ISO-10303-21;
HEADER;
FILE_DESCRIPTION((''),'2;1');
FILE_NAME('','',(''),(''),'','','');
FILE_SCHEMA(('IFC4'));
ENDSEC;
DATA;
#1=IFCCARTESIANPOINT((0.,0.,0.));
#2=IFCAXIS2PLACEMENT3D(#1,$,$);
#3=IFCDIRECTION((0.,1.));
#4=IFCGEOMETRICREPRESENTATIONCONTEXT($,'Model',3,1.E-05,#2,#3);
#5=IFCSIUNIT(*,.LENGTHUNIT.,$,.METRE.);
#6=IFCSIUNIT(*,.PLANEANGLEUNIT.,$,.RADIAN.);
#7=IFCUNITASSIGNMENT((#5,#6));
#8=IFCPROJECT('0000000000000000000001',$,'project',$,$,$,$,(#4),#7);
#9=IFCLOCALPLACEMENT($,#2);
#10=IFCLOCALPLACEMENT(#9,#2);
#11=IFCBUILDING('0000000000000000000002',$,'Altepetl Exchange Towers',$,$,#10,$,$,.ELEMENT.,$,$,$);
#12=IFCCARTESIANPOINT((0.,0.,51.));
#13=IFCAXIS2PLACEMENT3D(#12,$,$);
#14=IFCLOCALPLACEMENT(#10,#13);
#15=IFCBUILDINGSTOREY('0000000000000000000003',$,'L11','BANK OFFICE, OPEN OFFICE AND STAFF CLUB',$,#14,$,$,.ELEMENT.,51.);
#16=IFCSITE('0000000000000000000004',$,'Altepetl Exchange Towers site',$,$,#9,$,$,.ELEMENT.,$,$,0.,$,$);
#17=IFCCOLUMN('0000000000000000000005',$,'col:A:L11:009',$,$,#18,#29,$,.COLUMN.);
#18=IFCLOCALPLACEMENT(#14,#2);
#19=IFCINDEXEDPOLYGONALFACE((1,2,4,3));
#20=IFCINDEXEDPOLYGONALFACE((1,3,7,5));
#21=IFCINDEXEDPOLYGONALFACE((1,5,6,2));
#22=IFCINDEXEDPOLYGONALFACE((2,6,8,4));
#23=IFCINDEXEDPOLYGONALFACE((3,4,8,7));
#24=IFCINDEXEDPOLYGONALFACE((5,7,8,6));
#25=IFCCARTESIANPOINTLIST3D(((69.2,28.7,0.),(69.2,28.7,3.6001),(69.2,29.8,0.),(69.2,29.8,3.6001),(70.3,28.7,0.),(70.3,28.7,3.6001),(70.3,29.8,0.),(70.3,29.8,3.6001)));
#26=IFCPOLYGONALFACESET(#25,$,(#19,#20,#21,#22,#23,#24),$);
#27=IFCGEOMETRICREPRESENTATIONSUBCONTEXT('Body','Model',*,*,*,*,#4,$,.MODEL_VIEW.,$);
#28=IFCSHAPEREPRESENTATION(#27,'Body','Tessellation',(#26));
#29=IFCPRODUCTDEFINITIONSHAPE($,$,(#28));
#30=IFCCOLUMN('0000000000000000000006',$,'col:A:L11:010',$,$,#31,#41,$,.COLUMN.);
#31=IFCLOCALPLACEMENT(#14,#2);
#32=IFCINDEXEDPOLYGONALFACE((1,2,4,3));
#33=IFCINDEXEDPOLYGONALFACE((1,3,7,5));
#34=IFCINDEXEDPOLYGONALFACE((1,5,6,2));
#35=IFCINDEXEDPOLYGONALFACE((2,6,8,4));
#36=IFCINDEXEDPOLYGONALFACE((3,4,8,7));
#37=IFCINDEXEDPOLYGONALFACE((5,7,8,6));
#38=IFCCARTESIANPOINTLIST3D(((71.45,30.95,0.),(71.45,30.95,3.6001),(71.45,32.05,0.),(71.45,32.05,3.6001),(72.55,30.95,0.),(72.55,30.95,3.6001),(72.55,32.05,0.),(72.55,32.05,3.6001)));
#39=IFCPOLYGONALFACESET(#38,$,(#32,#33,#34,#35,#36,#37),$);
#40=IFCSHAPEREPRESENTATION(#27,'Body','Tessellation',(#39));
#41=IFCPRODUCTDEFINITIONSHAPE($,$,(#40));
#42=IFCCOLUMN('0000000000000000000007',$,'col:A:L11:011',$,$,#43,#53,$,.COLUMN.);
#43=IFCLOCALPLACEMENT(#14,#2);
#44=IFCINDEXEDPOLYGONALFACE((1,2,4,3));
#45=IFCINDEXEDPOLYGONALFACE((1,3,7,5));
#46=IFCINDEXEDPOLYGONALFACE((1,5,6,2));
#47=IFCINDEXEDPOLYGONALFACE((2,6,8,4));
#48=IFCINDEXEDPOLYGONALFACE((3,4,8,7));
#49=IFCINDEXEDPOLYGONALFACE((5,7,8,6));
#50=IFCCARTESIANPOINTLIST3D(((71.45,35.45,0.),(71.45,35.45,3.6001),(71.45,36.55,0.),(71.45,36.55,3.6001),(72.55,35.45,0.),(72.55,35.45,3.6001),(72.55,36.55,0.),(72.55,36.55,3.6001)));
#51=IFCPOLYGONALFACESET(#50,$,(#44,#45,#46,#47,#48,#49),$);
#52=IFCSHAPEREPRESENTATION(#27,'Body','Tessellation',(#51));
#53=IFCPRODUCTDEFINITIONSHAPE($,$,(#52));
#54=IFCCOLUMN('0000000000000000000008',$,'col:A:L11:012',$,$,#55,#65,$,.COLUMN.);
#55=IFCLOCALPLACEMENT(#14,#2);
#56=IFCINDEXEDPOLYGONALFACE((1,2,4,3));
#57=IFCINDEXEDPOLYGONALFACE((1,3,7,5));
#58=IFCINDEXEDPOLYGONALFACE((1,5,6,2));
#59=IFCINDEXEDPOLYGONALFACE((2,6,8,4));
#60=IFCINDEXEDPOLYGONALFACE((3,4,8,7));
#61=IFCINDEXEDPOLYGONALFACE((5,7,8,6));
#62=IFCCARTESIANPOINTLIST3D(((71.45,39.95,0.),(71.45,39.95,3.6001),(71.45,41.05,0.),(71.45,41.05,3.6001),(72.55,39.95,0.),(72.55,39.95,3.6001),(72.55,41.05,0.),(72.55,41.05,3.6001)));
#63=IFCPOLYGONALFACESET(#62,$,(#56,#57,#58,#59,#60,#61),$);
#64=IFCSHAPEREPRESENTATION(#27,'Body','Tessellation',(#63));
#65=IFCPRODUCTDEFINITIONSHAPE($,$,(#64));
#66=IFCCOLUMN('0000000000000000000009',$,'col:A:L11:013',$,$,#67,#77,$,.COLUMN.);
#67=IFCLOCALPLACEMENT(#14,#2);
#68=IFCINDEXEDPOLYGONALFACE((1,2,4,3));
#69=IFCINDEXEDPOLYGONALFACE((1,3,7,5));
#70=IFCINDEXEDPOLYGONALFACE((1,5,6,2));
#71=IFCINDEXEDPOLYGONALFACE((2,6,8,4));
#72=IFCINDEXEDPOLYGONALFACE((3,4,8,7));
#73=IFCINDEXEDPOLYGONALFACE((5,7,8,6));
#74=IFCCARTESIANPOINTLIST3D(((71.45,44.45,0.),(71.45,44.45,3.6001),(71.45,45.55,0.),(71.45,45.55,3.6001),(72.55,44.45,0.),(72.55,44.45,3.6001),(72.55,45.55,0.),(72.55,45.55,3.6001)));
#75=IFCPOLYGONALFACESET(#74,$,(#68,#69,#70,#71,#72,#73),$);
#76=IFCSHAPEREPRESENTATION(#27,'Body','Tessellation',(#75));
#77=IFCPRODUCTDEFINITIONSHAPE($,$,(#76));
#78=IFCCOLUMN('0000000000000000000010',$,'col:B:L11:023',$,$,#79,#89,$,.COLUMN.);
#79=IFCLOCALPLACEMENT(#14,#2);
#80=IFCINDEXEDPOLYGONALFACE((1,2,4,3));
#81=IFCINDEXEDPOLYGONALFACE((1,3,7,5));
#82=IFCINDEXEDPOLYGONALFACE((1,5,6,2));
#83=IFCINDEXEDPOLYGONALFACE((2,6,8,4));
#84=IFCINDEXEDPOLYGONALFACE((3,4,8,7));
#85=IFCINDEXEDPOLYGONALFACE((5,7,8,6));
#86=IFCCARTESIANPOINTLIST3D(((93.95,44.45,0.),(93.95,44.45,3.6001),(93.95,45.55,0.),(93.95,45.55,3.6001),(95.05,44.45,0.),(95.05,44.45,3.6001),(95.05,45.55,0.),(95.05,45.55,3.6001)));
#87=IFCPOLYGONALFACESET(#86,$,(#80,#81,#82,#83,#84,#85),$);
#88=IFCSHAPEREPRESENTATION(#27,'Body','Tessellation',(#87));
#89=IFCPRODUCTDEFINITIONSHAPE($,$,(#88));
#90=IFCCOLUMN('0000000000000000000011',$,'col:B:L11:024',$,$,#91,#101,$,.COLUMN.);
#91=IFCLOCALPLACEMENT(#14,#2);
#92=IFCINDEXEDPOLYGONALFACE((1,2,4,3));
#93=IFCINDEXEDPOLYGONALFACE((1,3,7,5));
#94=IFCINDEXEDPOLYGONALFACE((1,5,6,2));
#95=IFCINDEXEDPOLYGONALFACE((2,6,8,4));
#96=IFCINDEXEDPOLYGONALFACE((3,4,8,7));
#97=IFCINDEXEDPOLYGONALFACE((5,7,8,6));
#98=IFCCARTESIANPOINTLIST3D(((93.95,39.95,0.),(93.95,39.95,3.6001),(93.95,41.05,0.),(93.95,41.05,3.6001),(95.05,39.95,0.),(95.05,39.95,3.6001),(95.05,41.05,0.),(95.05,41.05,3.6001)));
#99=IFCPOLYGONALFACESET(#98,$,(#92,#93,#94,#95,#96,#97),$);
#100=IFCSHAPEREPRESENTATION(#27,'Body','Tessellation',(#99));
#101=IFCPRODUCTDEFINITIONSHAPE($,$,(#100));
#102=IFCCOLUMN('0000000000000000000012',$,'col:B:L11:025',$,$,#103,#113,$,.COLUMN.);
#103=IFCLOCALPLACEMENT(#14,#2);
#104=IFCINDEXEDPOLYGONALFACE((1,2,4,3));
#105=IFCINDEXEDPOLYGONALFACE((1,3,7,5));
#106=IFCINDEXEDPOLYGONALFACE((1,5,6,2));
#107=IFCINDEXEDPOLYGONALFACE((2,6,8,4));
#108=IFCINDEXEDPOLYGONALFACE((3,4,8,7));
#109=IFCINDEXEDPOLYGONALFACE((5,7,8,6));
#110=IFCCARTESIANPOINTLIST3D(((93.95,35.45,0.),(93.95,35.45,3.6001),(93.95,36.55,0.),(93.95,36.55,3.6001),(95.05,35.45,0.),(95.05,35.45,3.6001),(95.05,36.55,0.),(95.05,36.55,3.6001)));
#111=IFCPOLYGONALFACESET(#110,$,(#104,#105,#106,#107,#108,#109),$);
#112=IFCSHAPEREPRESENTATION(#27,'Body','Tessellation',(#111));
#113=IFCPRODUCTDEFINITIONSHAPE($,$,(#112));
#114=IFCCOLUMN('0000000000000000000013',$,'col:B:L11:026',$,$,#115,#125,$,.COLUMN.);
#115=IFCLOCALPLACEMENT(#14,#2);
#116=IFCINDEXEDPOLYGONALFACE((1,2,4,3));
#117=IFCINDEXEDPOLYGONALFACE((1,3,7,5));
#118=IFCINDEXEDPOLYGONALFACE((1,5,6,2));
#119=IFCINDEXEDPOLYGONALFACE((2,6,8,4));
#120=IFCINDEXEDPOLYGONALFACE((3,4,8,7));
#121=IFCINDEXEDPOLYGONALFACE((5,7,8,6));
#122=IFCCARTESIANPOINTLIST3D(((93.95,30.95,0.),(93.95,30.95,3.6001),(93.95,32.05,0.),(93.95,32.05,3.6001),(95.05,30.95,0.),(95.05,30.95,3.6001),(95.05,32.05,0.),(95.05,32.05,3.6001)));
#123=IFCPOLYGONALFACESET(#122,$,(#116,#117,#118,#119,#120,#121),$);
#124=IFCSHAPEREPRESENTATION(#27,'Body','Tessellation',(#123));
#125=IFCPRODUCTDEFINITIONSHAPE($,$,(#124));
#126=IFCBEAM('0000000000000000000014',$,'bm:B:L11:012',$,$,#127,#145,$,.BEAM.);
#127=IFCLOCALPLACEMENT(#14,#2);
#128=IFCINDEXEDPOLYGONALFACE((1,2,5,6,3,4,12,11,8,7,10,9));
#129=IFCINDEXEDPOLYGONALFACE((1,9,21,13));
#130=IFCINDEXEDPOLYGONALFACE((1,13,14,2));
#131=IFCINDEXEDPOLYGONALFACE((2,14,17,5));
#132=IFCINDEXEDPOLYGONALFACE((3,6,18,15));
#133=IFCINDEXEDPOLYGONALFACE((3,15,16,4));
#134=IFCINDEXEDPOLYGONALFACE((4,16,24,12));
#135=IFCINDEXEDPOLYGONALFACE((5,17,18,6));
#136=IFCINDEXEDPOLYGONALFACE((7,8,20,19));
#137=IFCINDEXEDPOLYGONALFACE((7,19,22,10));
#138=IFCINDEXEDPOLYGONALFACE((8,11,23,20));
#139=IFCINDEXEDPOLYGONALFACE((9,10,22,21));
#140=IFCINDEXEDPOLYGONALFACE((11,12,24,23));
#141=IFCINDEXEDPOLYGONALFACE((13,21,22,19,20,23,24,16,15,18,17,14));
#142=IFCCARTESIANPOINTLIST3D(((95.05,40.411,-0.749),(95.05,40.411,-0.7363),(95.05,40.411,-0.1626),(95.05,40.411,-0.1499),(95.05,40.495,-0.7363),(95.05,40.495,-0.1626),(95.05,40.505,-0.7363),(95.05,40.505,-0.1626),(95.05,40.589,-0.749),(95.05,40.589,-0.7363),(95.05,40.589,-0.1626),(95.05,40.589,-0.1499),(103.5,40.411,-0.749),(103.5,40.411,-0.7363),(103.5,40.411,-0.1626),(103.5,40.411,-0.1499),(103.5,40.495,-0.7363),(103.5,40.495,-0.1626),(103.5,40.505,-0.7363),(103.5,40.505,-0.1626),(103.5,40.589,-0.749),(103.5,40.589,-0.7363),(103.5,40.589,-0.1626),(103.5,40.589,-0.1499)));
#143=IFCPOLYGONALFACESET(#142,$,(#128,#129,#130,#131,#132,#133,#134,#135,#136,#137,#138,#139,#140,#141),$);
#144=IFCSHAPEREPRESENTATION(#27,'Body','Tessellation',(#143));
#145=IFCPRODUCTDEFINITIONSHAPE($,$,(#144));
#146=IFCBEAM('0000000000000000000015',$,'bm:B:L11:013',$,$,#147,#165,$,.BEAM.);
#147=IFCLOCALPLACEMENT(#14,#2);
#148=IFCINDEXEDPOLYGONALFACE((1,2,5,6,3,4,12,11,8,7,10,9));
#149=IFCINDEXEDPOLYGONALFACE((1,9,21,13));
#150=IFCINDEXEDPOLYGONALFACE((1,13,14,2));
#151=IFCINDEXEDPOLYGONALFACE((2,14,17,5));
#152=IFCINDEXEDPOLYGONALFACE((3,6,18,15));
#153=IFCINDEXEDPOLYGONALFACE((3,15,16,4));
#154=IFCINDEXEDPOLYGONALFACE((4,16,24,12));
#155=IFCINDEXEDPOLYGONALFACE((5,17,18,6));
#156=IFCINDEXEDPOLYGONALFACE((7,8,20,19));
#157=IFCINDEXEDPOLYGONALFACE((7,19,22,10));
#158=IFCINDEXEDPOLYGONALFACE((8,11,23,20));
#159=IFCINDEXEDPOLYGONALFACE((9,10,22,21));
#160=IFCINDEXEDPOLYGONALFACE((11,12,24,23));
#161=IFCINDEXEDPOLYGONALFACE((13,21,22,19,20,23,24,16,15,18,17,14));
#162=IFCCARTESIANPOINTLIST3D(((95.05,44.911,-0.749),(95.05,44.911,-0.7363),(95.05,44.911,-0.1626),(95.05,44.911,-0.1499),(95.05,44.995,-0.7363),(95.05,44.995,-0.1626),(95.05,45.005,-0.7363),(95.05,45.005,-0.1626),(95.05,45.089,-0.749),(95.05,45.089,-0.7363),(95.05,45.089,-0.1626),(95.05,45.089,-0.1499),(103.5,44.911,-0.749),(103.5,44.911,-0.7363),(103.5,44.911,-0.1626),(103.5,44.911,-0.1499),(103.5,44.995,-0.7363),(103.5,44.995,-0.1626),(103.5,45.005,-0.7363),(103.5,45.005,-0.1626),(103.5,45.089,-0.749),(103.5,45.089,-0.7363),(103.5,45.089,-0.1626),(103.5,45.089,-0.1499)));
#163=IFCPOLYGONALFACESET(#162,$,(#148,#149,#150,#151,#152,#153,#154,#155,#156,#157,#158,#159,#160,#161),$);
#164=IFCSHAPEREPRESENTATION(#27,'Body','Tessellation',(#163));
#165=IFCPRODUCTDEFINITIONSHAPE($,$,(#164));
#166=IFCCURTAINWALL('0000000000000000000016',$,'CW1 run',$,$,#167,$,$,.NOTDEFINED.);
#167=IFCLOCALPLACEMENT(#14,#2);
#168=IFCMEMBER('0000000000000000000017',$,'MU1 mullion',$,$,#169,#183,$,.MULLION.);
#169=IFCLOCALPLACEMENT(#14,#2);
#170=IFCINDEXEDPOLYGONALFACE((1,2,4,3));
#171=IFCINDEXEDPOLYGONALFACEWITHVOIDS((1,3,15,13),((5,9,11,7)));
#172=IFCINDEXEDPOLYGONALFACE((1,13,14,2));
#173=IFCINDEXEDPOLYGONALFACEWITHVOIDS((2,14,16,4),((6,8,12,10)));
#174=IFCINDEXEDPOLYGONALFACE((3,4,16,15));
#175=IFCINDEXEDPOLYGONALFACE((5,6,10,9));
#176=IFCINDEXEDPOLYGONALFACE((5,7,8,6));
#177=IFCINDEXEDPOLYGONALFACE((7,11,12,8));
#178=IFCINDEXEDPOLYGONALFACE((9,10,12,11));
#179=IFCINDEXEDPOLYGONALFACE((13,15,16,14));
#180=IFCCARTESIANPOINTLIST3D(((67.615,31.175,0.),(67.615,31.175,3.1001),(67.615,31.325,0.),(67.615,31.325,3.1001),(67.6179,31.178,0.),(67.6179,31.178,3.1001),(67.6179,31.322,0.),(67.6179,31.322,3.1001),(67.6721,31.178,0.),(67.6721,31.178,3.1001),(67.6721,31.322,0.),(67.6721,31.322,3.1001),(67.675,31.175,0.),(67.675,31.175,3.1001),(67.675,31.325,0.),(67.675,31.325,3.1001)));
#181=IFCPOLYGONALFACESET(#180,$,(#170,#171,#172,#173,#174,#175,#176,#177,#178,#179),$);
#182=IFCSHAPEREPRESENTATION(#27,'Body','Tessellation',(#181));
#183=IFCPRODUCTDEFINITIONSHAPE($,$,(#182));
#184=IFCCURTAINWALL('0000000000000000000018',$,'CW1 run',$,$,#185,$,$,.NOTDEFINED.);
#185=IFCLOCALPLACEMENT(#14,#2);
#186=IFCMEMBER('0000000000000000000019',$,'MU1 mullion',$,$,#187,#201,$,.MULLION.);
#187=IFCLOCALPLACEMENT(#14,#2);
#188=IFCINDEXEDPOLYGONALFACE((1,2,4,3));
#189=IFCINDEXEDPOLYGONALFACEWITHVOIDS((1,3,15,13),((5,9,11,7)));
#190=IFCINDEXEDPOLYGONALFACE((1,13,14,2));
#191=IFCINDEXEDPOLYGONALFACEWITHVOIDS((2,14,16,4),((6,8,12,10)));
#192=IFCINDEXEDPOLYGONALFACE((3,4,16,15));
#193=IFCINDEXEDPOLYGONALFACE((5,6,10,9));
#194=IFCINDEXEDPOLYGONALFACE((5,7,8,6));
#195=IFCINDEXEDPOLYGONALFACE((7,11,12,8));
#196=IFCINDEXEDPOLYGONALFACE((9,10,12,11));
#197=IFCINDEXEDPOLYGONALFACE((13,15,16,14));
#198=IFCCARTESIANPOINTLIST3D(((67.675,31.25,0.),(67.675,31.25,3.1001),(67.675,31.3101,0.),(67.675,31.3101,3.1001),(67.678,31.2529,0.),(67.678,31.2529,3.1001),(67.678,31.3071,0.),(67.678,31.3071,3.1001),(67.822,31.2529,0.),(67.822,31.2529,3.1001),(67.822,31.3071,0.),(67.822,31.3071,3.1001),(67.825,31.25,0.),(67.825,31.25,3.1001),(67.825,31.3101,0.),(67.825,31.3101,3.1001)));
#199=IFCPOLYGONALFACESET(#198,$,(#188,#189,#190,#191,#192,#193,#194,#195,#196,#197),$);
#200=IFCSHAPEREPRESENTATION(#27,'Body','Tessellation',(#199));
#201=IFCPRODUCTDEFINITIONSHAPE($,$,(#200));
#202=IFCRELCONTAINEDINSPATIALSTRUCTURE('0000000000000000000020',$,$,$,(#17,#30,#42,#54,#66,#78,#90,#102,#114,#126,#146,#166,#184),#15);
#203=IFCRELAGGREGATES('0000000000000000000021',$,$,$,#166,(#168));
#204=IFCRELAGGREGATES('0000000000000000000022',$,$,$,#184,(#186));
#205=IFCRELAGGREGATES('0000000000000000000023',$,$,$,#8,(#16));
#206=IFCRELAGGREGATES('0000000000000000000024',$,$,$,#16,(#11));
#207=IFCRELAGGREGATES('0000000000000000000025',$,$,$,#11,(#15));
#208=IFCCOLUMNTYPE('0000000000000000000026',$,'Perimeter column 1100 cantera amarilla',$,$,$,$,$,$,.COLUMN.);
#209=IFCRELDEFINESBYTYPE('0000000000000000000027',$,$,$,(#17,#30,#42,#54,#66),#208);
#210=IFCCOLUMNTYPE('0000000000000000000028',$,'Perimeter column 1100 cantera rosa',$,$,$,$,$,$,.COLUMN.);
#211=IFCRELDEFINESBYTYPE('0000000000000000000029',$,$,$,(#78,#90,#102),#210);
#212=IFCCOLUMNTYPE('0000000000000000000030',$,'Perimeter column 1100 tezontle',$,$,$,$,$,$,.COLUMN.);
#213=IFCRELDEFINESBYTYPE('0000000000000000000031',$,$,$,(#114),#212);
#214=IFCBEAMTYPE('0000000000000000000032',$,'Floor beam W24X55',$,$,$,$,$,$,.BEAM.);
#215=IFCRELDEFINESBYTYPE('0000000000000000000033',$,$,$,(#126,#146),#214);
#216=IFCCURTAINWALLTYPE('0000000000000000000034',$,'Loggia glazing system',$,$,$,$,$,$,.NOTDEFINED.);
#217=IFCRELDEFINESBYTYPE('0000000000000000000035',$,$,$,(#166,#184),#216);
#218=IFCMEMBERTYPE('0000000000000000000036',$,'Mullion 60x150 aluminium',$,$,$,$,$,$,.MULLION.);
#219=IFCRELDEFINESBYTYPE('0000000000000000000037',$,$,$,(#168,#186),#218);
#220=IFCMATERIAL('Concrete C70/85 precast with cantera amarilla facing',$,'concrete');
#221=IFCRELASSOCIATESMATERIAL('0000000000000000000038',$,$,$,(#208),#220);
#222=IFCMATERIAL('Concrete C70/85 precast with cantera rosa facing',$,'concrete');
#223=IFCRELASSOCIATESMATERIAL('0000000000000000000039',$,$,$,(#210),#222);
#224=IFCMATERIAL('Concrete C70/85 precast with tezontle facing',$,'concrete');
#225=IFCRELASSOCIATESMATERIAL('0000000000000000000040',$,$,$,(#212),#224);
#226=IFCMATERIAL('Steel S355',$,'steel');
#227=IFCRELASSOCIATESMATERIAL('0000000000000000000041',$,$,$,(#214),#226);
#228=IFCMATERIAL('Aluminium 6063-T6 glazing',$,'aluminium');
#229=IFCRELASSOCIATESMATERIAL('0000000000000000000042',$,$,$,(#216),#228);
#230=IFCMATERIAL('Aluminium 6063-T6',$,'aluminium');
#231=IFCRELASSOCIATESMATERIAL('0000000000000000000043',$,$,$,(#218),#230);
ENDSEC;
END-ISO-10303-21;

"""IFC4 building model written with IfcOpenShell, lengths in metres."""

from ifc_helpers import new_model, si_unit, direction, frame, origin, origin_2d, place, context, subcontext, project, spatial, rectangle, hollow_rectangle, i_section, extrude, material, material_profile, profile_set, type_object, element, aggregate, save


model = new_model("IFC4")

# Units and contexts
model_context = context("Model", 3, precision=1e-05, world=origin(), true_north=direction((0.0, 1.0)))
body_context = subcontext(model_context, "Body", "Model", "MODEL_VIEW")
ifc_project = project(units=[si_unit("LENGTHUNIT", "METRE"), si_unit("PLANEANGLEUNIT", "RADIAN")], contexts=[model_context])

# Site, building, storey
site_placement = place(None, origin())
site = spatial("IfcSite", under=ifc_project, at=site_placement, Name="Altepetl Exchange Towers site", CompositionType="ELEMENT", RefElevation=0.0)
building_placement = place(site_placement, origin())
building = spatial("IfcBuilding", under=site, at=building_placement, Name="Altepetl Exchange Towers", CompositionType="ELEMENT")
storey_placement = place(building_placement, frame((0.0, 0.0, 51.0)))
storey = spatial("IfcBuildingStorey", under=building, at=storey_placement, Name="L11", Description="BANK OFFICE, OPEN OFFICE AND STAFF CLUB", CompositionType="ELEMENT", Elevation=51.0)

# Columns
ifc_material_1 = material(Name="Concrete C70/85 precast with cantera amarilla facing", Category="concrete")
ifc_material_profile_1 = material_profile(ifc_material_1, rectangle(XDim=1.1001, YDim=1.1001, at=origin_2d()), Name="1100 x 1100")
ifc_profile_set_1 = profile_set([ifc_material_profile_1], Name="Concrete C70/85 precast with cantera amarilla facing")
column_type_1 = type_object("IfcColumnType", Name="Perimeter column 1100 cantera amarilla", PredefinedType="COLUMN", material=ifc_profile_set_1)
for number, where, name in (
    (1, (69.75, 29.25, 0.0), "col:A:L11:009"),
    (2, (72.0, 31.5, 0.0), "col:A:L11:010"),
    (3, (72.0, 36.0, 0.0), "col:A:L11:011"),
    (4, (72.0, 40.5, 0.0), "col:A:L11:012"),
    (5, (72.0, 45.0, 0.0), "col:A:L11:013"),
):
    element("IfcColumn", number, at=place(storey_placement, frame(where)), inside=storey, type_object=column_type_1, Name=name, PredefinedType="COLUMN", context=body_context, shape_type="SweptSolid", body=[
        extrude(rectangle(XDim=1.1001, YDim=1.1001, at=origin_2d()), origin(), (0.0, 0.0, 1.0), 3.6001),
    ])
ifc_material_2 = material(Name="Concrete C70/85 precast with cantera rosa facing", Category="concrete")
ifc_material_profile_2 = material_profile(ifc_material_2, rectangle(XDim=1.1001, YDim=1.1001, at=origin_2d()), Name="1100 x 1100")
ifc_profile_set_2 = profile_set([ifc_material_profile_2], Name="Concrete C70/85 precast with cantera rosa facing")
column_type_2 = type_object("IfcColumnType", Name="Perimeter column 1100 cantera rosa", PredefinedType="COLUMN", material=ifc_profile_set_2)
for number, where, name in (
    (6, (94.5, 45.0, 0.0), "col:B:L11:023"),
    (7, (94.5, 40.5, 0.0), "col:B:L11:024"),
    (8, (94.5, 36.0, 0.0), "col:B:L11:025"),
):
    element("IfcColumn", number, at=place(storey_placement, frame(where)), inside=storey, type_object=column_type_2, Name=name, PredefinedType="COLUMN", context=body_context, shape_type="SweptSolid", body=[
        extrude(rectangle(XDim=1.1001, YDim=1.1001, at=origin_2d()), origin(), (0.0, 0.0, 1.0), 3.6001),
    ])
ifc_material_3 = material(Name="Concrete C70/85 precast with tezontle facing", Category="concrete")
ifc_material_profile_3 = material_profile(ifc_material_3, rectangle(XDim=1.1001, YDim=1.1001, at=origin_2d()), Name="1100 x 1100")
ifc_profile_set_3 = profile_set([ifc_material_profile_3], Name="Concrete C70/85 precast with tezontle facing")
column_type_3 = type_object("IfcColumnType", Name="Perimeter column 1100 tezontle", PredefinedType="COLUMN", material=ifc_profile_set_3)
column_placement = place(storey_placement, frame((94.5, 31.5, 0.0)))
element("IfcColumn", 9, at=column_placement, inside=storey, type_object=column_type_3, Name="col:B:L11:026", PredefinedType="COLUMN", context=body_context, shape_type="SweptSolid", body=[
    extrude(rectangle(XDim=1.1001, YDim=1.1001, at=origin_2d()), origin(), (0.0, 0.0, 1.0), 3.6001),
])

# Beams
ifc_material_4 = material(Name="Steel S355", Category="steel")
ifc_material_profile_4 = material_profile(ifc_material_4, i_section(OverallWidth=0.178, OverallDepth=0.5991, WebThickness=0.01, FlangeThickness=0.0127, at=origin_2d()), Name="W24X55")
ifc_profile_set_4 = profile_set([ifc_material_profile_4], Name="Steel S355")
beam_type_1 = type_object("IfcBeamType", Name="Floor beam W24X55", PredefinedType="BEAM", material=ifc_profile_set_4)
for number, where, z_axis, x_axis, name in (
    (10, (95.05, 40.5, -0.4495), (1.0, 0.0, 0.0), (0.0, 1.0, 0.0), "bm:B:L11:012"),
    (11, (95.05, 45.0, -0.4495), (1.0, 0.0, 0.0), (0.0, 1.0, 0.0), "bm:B:L11:013"),
):
    element("IfcBeam", number, at=place(storey_placement, frame(where, z_axis=z_axis, x_axis=x_axis)), inside=storey, type_object=beam_type_1, Name=name, PredefinedType="BEAM", context=body_context, shape_type="SweptSolid", body=[
        extrude(i_section(OverallWidth=0.178, OverallDepth=0.5991, WebThickness=0.01, FlangeThickness=0.0127, at=origin_2d()), origin(), (0.0, 0.0, 1.0), 8.45),
    ])

# Curtain wall, member
ifc_material_5 = material(Name="Aluminium 6063-T6 glazing", Category="aluminium")
curtain_wall_type = type_object("IfcCurtainWallType", Name="Loggia glazing system", PredefinedType="NOTDEFINED", material=ifc_material_5)
curtain_wall_1_placement = place(storey_placement, origin())
curtain_wall_1 = element("IfcCurtainWall", 12, at=curtain_wall_1_placement, inside=storey, type_object=curtain_wall_type, Name="CW1 run", PredefinedType="NOTDEFINED")
ifc_material_6 = material(Name="Aluminium 6063-T6", Category="aluminium")
ifc_material_profile_5 = material_profile(ifc_material_6, hollow_rectangle(XDim=0.0601, YDim=0.1499, WallThickness=0.0029, at=origin_2d()), Name="Mullion 60x150 aluminium")
ifc_profile_set_5 = profile_set([ifc_material_profile_5], Name="Aluminium 6063-T6")
member_type = type_object("IfcMemberType", Name="Mullion 60x150 aluminium", PredefinedType="MULLION", material=ifc_profile_set_5)
member_1_placement = place(storey_placement, frame((67.645, 31.25, 0.0)))
member_1 = element("IfcMember", 13, at=member_1_placement, type_object=member_type, Name="MU1 mullion", PredefinedType="MULLION", context=body_context, shape_type="SweptSolid", body=[
    extrude(hollow_rectangle(XDim=0.0601, YDim=0.1499, WallThickness=0.0029, at=origin_2d()), origin(), (0.0, 0.0, 1.0), 3.1001),
])
aggregate(curtain_wall_1, [member_1])

# Curtain wall, member
curtain_wall_2_placement = place(storey_placement, origin())
curtain_wall_2 = element("IfcCurtainWall", 14, at=curtain_wall_2_placement, inside=storey, type_object=curtain_wall_type, Name="CW1 run", PredefinedType="NOTDEFINED")
member_2_placement = place(storey_placement, frame((67.75, 31.28, 0.0), z_axis=(0.0, 0.0, 1.0), x_axis=(0.0, 1.0, 0.0)))
member_2 = element("IfcMember", 15, at=member_2_placement, type_object=member_type, Name="MU1 mullion", PredefinedType="MULLION", context=body_context, shape_type="SweptSolid", body=[
    extrude(hollow_rectangle(XDim=0.0601, YDim=0.1499, WallThickness=0.0029, at=origin_2d()), origin(), (0.0, 0.0, 1.0), 3.1001),
])

aggregate(curtain_wall_2, [member_2])

save(model, "model.ifc")
